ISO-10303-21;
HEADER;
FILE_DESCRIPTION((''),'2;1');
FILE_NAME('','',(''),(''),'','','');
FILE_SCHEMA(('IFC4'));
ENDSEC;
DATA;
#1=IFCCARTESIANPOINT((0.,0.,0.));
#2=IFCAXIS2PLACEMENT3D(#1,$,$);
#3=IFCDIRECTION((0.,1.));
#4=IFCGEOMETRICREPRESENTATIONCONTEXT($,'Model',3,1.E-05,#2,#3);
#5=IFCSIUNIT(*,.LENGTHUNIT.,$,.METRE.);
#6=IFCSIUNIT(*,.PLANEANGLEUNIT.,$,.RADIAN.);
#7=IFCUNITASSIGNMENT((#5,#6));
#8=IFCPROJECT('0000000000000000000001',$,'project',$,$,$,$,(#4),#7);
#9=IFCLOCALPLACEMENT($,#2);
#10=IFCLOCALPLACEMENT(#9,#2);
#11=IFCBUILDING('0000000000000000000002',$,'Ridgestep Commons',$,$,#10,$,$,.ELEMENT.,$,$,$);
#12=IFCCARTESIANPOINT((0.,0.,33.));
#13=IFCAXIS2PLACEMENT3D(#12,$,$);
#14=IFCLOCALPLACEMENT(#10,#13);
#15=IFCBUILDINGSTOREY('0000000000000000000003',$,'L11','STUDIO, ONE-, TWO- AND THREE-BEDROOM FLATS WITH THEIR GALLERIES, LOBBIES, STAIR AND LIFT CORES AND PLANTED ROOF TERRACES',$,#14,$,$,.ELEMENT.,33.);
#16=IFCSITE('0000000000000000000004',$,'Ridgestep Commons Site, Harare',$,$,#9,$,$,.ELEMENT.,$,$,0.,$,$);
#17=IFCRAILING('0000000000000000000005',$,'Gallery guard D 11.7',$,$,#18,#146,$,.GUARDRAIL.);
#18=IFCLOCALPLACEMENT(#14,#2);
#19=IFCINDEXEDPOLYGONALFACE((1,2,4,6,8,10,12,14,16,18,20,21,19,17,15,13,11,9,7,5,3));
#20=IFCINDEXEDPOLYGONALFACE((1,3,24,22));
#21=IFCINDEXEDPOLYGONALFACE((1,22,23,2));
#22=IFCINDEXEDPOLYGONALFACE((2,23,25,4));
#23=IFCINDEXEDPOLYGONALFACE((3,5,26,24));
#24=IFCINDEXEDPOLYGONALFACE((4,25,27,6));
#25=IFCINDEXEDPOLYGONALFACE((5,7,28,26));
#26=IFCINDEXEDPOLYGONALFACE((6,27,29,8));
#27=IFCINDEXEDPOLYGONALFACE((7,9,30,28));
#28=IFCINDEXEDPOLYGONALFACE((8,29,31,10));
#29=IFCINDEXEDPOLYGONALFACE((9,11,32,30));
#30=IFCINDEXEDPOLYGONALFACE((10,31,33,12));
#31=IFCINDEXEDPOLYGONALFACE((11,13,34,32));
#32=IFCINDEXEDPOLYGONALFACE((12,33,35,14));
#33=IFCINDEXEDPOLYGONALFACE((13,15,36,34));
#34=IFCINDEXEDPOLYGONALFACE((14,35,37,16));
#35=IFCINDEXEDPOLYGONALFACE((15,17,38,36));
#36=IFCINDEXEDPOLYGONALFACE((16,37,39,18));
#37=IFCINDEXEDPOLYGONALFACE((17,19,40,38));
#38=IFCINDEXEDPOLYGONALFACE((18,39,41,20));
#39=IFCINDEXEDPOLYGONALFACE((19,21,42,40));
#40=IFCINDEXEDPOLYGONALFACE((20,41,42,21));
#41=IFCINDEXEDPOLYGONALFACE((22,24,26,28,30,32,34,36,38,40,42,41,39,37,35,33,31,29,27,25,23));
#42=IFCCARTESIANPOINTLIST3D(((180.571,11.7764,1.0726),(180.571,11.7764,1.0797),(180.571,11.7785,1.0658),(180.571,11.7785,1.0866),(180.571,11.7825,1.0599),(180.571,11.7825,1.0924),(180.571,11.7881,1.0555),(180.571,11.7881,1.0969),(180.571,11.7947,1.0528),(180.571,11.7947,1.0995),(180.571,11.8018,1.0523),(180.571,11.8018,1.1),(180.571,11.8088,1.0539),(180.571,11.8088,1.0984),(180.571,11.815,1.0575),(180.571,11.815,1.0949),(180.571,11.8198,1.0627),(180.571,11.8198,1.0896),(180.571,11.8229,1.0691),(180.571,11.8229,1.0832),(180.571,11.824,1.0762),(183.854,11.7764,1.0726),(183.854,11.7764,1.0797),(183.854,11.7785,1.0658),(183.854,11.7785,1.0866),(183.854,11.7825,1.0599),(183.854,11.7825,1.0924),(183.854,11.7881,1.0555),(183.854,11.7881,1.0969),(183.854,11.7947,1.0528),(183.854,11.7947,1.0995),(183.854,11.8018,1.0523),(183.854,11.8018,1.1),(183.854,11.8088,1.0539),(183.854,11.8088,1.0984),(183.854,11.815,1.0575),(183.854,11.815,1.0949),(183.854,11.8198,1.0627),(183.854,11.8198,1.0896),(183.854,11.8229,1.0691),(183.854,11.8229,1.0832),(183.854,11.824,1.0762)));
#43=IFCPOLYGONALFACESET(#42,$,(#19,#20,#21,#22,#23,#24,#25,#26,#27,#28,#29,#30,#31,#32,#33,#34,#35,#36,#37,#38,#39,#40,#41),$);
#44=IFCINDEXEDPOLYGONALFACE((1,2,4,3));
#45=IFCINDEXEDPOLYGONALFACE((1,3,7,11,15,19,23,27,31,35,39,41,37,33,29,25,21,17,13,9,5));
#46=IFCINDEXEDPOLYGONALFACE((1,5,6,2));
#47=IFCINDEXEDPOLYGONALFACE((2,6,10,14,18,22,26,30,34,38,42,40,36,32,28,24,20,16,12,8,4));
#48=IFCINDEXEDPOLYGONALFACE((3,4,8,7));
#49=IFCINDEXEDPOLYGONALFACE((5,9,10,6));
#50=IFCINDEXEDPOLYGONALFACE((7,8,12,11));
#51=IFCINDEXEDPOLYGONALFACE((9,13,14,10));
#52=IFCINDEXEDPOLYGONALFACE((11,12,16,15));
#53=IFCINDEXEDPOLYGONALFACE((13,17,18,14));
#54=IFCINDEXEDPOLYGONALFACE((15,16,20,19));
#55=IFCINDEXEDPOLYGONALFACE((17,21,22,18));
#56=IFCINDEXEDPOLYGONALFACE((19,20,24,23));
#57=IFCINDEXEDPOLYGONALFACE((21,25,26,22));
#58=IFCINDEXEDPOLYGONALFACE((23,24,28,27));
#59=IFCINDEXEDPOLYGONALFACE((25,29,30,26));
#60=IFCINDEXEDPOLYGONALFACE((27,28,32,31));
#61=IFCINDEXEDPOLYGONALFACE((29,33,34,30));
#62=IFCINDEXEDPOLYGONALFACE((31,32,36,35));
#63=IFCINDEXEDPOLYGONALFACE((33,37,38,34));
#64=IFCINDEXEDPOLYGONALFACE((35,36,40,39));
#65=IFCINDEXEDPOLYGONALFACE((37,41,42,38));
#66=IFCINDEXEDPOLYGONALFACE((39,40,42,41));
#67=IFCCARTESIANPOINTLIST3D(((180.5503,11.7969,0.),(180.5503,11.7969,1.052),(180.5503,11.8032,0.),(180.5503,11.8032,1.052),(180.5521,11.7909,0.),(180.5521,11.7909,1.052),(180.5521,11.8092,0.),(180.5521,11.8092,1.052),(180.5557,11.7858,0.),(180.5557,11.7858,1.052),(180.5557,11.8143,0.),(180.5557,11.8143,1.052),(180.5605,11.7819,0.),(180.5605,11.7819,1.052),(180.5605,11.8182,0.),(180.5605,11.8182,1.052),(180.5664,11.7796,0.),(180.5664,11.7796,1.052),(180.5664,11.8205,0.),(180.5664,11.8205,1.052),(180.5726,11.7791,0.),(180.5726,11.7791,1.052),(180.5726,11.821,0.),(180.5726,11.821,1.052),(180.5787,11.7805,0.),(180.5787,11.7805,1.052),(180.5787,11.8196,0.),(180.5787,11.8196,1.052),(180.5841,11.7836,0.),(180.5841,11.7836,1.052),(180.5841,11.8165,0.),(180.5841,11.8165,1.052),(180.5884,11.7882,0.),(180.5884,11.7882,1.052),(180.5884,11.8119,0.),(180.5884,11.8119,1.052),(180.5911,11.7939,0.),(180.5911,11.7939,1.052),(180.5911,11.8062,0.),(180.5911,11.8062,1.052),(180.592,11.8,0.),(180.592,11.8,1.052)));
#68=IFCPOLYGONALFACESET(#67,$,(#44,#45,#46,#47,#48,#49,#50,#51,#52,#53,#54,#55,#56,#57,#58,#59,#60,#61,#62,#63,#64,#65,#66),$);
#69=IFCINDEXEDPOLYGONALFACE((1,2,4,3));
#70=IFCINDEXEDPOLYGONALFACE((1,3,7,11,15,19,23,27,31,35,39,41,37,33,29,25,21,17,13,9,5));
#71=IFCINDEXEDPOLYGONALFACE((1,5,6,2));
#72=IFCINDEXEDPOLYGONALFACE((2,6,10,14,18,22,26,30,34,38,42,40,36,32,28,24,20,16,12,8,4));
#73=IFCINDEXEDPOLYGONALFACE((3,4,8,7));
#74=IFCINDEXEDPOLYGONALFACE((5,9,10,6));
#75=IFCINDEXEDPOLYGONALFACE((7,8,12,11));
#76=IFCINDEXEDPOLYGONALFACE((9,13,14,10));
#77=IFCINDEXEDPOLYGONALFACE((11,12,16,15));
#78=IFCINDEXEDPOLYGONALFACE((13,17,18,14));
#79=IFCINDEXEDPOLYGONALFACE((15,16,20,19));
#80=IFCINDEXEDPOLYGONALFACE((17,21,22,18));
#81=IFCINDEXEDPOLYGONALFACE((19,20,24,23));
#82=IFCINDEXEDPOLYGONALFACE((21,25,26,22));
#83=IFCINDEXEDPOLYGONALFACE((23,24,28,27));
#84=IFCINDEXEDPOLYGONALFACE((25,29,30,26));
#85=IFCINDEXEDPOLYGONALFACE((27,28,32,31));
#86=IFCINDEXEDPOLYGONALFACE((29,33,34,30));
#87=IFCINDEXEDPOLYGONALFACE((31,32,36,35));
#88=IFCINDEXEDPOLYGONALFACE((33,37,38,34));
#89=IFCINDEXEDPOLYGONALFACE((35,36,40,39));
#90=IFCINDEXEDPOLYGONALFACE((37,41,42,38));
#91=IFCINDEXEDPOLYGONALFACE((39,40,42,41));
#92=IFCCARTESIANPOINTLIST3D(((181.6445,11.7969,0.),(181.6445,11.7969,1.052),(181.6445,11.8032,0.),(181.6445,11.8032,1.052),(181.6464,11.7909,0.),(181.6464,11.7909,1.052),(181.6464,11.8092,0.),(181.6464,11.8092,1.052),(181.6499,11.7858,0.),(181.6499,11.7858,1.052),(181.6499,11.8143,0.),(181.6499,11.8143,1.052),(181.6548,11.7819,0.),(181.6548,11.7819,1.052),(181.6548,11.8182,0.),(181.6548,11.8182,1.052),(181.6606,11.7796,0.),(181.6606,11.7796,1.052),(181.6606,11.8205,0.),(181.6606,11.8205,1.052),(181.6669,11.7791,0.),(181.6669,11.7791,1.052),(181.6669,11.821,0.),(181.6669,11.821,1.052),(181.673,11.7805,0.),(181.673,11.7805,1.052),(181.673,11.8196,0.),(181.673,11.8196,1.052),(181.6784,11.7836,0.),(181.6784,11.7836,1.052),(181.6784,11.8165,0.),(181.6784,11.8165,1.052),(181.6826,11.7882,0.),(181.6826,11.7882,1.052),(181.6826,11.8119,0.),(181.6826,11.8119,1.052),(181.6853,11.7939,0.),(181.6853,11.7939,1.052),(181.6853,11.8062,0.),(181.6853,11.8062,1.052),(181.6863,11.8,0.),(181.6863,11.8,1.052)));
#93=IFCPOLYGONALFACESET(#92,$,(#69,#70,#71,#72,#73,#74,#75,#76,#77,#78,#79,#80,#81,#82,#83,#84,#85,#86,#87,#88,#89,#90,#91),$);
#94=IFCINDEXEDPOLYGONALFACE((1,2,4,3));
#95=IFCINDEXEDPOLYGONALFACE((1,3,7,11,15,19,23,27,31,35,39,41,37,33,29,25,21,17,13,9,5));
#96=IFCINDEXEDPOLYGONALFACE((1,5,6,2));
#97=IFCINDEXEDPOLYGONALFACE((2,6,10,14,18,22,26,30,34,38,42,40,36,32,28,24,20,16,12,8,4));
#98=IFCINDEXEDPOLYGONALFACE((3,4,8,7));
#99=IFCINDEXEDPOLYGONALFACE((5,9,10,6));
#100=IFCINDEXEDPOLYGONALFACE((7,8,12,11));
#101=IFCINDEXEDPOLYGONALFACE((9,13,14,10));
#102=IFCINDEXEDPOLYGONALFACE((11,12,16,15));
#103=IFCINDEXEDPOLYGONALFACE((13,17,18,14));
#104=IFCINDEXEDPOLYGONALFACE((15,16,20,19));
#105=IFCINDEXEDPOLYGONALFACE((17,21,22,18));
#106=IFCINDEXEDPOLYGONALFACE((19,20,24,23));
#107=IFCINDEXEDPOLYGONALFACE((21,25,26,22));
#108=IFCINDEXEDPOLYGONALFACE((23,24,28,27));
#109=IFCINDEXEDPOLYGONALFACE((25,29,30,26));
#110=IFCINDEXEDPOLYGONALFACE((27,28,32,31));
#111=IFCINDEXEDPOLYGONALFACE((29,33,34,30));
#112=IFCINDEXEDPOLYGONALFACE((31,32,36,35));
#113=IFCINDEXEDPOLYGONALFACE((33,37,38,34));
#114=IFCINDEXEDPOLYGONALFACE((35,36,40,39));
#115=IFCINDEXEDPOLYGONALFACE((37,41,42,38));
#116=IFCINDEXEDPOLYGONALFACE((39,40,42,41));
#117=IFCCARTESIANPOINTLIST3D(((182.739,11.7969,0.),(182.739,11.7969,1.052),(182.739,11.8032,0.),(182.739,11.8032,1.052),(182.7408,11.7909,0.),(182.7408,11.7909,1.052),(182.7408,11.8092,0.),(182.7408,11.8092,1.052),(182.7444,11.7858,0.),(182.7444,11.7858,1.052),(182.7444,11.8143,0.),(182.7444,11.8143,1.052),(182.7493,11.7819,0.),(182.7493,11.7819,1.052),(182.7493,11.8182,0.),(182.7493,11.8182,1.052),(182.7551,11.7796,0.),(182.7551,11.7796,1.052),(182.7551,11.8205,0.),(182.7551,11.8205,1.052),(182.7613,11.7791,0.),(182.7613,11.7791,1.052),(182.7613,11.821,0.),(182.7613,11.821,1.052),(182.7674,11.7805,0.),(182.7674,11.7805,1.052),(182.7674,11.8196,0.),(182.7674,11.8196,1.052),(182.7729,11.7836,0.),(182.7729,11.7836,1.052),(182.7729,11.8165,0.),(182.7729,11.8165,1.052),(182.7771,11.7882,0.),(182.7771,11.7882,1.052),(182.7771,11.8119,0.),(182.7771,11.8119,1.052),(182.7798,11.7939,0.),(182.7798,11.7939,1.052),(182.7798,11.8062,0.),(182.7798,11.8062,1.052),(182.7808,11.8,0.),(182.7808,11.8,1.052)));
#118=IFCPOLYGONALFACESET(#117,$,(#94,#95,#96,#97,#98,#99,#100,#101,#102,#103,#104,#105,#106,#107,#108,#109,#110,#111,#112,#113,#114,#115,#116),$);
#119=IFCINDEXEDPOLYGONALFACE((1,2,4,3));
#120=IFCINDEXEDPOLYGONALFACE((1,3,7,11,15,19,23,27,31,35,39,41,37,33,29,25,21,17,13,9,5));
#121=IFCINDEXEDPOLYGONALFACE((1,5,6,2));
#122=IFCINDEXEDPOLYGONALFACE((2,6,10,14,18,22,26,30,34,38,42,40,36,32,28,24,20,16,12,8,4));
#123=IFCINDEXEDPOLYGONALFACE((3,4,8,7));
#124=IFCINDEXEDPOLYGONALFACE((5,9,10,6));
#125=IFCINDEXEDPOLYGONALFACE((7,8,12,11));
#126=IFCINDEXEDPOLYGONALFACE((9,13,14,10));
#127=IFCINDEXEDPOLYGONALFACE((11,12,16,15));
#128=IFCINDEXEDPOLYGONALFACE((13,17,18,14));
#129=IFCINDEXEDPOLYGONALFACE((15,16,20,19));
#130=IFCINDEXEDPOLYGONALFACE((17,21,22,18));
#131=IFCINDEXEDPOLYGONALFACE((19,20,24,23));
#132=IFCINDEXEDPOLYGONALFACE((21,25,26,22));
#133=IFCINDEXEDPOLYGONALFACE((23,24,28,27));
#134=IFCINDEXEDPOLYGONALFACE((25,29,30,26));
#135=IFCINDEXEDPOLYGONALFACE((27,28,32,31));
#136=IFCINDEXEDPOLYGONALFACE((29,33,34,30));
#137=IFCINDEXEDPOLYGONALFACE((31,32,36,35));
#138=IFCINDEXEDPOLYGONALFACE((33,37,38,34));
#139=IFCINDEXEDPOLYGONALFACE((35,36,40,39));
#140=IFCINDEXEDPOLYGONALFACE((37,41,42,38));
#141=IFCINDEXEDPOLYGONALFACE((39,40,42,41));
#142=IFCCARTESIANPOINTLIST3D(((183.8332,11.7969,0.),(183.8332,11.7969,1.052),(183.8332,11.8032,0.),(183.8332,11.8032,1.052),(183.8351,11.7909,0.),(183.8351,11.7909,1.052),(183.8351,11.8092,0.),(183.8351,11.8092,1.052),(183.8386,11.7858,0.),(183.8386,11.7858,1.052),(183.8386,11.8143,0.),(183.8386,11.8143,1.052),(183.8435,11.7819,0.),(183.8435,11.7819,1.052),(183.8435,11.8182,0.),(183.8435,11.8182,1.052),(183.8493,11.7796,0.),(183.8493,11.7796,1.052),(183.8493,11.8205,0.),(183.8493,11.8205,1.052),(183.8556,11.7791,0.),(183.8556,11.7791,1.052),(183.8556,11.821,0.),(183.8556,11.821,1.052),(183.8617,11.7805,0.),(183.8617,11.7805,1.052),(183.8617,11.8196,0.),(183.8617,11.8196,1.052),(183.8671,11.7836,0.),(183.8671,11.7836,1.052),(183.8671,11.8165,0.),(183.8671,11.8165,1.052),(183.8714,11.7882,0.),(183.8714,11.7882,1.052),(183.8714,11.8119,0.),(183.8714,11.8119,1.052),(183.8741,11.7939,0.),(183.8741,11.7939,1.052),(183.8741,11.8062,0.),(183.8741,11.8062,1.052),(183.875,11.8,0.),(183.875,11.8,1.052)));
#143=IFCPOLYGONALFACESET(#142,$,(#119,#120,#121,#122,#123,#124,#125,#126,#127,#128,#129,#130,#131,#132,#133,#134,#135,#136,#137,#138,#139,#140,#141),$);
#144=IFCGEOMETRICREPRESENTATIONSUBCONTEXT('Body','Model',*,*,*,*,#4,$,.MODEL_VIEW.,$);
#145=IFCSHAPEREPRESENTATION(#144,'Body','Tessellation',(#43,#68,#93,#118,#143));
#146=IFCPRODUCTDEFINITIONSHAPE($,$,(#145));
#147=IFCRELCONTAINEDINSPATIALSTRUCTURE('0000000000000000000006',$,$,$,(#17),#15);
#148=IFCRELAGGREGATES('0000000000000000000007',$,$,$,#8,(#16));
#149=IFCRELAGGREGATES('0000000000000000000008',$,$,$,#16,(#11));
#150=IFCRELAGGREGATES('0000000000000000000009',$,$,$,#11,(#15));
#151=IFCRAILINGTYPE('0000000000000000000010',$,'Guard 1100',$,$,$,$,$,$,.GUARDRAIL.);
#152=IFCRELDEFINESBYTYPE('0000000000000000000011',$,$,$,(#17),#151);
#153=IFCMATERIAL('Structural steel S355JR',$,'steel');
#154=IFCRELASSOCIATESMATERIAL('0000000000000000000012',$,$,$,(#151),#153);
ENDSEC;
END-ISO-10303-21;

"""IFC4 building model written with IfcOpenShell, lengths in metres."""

from ifc_helpers import new_model, si_unit, direction, frame, origin, origin_2d, place, context, subcontext, project, spatial, circle, extrude, material, type_object, element, save


model = new_model("IFC4")

# Units and contexts
model_context = context("Model", 3, precision=1e-05, world=origin(), true_north=direction((0.0, 1.0)))
body_context = subcontext(model_context, "Body", "Model", "MODEL_VIEW")
ifc_project = project(units=[si_unit("LENGTHUNIT", "METRE"), si_unit("PLANEANGLEUNIT", "RADIAN")], contexts=[model_context])

# Site, building, storey
site_placement = place(None, origin())
site = spatial("IfcSite", under=ifc_project, at=site_placement, Name="Ridgestep Commons Site, Harare", CompositionType="ELEMENT", RefElevation=0.0)
building_placement = place(site_placement, origin())
building = spatial("IfcBuilding", under=site, at=building_placement, Name="Ridgestep Commons", CompositionType="ELEMENT")
storey_placement = place(building_placement, frame((0.0, 0.0, 33.0)))
storey = spatial("IfcBuildingStorey", under=building, at=storey_placement, Name="L11", Description="STUDIO, ONE-, TWO- AND THREE-BEDROOM FLATS WITH THEIR GALLERIES, LOBBIES, STAIR AND LIFT CORES AND PLANTED ROOF TERRACES", CompositionType="ELEMENT", Elevation=33.0)

# Railing
ifc_material_1 = material(Name="Structural steel S355JR", Category="steel")
railing_type = type_object("IfcRailingType", Name="Guard 1100", PredefinedType="GUARDRAIL", material=ifc_material_1)
railing_1_placement = place(storey_placement, frame((180.571, 11.8, 0.0)))
element("IfcRailing", 1, at=railing_1_placement, inside=storey, type_object=railing_type, Name="Gallery guard D 11.7", PredefinedType="GUARDRAIL", context=body_context, shape_type="SweptSolid", body=[
    extrude(circle(Radius=0.0239, at=origin_2d()), frame((0.0, 0.0, 1.0762), z_axis=(1.0, 0.0, 0.0), x_axis=(0.0, 1.0, 0.0)), (0.0, 0.0, 1.0), 3.283),
    extrude(circle(Radius=0.021, at=origin_2d()), origin(), (0.0, 0.0, 1.0), 1.052),
    extrude(circle(Radius=0.021, at=origin_2d()), frame((1.0942, 0.0, 0.0)), (0.0, 0.0, 1.0), 1.052),
    extrude(circle(Radius=0.021, at=origin_2d()), frame((2.1887, 0.0, 0.0)), (0.0, 0.0, 1.0), 1.052),
    extrude(circle(Radius=0.021, at=origin_2d()), frame((3.283, 0.0, 0.0)), (0.0, 0.0, 1.0), 1.052),
])

save(model, "model.ifc")
